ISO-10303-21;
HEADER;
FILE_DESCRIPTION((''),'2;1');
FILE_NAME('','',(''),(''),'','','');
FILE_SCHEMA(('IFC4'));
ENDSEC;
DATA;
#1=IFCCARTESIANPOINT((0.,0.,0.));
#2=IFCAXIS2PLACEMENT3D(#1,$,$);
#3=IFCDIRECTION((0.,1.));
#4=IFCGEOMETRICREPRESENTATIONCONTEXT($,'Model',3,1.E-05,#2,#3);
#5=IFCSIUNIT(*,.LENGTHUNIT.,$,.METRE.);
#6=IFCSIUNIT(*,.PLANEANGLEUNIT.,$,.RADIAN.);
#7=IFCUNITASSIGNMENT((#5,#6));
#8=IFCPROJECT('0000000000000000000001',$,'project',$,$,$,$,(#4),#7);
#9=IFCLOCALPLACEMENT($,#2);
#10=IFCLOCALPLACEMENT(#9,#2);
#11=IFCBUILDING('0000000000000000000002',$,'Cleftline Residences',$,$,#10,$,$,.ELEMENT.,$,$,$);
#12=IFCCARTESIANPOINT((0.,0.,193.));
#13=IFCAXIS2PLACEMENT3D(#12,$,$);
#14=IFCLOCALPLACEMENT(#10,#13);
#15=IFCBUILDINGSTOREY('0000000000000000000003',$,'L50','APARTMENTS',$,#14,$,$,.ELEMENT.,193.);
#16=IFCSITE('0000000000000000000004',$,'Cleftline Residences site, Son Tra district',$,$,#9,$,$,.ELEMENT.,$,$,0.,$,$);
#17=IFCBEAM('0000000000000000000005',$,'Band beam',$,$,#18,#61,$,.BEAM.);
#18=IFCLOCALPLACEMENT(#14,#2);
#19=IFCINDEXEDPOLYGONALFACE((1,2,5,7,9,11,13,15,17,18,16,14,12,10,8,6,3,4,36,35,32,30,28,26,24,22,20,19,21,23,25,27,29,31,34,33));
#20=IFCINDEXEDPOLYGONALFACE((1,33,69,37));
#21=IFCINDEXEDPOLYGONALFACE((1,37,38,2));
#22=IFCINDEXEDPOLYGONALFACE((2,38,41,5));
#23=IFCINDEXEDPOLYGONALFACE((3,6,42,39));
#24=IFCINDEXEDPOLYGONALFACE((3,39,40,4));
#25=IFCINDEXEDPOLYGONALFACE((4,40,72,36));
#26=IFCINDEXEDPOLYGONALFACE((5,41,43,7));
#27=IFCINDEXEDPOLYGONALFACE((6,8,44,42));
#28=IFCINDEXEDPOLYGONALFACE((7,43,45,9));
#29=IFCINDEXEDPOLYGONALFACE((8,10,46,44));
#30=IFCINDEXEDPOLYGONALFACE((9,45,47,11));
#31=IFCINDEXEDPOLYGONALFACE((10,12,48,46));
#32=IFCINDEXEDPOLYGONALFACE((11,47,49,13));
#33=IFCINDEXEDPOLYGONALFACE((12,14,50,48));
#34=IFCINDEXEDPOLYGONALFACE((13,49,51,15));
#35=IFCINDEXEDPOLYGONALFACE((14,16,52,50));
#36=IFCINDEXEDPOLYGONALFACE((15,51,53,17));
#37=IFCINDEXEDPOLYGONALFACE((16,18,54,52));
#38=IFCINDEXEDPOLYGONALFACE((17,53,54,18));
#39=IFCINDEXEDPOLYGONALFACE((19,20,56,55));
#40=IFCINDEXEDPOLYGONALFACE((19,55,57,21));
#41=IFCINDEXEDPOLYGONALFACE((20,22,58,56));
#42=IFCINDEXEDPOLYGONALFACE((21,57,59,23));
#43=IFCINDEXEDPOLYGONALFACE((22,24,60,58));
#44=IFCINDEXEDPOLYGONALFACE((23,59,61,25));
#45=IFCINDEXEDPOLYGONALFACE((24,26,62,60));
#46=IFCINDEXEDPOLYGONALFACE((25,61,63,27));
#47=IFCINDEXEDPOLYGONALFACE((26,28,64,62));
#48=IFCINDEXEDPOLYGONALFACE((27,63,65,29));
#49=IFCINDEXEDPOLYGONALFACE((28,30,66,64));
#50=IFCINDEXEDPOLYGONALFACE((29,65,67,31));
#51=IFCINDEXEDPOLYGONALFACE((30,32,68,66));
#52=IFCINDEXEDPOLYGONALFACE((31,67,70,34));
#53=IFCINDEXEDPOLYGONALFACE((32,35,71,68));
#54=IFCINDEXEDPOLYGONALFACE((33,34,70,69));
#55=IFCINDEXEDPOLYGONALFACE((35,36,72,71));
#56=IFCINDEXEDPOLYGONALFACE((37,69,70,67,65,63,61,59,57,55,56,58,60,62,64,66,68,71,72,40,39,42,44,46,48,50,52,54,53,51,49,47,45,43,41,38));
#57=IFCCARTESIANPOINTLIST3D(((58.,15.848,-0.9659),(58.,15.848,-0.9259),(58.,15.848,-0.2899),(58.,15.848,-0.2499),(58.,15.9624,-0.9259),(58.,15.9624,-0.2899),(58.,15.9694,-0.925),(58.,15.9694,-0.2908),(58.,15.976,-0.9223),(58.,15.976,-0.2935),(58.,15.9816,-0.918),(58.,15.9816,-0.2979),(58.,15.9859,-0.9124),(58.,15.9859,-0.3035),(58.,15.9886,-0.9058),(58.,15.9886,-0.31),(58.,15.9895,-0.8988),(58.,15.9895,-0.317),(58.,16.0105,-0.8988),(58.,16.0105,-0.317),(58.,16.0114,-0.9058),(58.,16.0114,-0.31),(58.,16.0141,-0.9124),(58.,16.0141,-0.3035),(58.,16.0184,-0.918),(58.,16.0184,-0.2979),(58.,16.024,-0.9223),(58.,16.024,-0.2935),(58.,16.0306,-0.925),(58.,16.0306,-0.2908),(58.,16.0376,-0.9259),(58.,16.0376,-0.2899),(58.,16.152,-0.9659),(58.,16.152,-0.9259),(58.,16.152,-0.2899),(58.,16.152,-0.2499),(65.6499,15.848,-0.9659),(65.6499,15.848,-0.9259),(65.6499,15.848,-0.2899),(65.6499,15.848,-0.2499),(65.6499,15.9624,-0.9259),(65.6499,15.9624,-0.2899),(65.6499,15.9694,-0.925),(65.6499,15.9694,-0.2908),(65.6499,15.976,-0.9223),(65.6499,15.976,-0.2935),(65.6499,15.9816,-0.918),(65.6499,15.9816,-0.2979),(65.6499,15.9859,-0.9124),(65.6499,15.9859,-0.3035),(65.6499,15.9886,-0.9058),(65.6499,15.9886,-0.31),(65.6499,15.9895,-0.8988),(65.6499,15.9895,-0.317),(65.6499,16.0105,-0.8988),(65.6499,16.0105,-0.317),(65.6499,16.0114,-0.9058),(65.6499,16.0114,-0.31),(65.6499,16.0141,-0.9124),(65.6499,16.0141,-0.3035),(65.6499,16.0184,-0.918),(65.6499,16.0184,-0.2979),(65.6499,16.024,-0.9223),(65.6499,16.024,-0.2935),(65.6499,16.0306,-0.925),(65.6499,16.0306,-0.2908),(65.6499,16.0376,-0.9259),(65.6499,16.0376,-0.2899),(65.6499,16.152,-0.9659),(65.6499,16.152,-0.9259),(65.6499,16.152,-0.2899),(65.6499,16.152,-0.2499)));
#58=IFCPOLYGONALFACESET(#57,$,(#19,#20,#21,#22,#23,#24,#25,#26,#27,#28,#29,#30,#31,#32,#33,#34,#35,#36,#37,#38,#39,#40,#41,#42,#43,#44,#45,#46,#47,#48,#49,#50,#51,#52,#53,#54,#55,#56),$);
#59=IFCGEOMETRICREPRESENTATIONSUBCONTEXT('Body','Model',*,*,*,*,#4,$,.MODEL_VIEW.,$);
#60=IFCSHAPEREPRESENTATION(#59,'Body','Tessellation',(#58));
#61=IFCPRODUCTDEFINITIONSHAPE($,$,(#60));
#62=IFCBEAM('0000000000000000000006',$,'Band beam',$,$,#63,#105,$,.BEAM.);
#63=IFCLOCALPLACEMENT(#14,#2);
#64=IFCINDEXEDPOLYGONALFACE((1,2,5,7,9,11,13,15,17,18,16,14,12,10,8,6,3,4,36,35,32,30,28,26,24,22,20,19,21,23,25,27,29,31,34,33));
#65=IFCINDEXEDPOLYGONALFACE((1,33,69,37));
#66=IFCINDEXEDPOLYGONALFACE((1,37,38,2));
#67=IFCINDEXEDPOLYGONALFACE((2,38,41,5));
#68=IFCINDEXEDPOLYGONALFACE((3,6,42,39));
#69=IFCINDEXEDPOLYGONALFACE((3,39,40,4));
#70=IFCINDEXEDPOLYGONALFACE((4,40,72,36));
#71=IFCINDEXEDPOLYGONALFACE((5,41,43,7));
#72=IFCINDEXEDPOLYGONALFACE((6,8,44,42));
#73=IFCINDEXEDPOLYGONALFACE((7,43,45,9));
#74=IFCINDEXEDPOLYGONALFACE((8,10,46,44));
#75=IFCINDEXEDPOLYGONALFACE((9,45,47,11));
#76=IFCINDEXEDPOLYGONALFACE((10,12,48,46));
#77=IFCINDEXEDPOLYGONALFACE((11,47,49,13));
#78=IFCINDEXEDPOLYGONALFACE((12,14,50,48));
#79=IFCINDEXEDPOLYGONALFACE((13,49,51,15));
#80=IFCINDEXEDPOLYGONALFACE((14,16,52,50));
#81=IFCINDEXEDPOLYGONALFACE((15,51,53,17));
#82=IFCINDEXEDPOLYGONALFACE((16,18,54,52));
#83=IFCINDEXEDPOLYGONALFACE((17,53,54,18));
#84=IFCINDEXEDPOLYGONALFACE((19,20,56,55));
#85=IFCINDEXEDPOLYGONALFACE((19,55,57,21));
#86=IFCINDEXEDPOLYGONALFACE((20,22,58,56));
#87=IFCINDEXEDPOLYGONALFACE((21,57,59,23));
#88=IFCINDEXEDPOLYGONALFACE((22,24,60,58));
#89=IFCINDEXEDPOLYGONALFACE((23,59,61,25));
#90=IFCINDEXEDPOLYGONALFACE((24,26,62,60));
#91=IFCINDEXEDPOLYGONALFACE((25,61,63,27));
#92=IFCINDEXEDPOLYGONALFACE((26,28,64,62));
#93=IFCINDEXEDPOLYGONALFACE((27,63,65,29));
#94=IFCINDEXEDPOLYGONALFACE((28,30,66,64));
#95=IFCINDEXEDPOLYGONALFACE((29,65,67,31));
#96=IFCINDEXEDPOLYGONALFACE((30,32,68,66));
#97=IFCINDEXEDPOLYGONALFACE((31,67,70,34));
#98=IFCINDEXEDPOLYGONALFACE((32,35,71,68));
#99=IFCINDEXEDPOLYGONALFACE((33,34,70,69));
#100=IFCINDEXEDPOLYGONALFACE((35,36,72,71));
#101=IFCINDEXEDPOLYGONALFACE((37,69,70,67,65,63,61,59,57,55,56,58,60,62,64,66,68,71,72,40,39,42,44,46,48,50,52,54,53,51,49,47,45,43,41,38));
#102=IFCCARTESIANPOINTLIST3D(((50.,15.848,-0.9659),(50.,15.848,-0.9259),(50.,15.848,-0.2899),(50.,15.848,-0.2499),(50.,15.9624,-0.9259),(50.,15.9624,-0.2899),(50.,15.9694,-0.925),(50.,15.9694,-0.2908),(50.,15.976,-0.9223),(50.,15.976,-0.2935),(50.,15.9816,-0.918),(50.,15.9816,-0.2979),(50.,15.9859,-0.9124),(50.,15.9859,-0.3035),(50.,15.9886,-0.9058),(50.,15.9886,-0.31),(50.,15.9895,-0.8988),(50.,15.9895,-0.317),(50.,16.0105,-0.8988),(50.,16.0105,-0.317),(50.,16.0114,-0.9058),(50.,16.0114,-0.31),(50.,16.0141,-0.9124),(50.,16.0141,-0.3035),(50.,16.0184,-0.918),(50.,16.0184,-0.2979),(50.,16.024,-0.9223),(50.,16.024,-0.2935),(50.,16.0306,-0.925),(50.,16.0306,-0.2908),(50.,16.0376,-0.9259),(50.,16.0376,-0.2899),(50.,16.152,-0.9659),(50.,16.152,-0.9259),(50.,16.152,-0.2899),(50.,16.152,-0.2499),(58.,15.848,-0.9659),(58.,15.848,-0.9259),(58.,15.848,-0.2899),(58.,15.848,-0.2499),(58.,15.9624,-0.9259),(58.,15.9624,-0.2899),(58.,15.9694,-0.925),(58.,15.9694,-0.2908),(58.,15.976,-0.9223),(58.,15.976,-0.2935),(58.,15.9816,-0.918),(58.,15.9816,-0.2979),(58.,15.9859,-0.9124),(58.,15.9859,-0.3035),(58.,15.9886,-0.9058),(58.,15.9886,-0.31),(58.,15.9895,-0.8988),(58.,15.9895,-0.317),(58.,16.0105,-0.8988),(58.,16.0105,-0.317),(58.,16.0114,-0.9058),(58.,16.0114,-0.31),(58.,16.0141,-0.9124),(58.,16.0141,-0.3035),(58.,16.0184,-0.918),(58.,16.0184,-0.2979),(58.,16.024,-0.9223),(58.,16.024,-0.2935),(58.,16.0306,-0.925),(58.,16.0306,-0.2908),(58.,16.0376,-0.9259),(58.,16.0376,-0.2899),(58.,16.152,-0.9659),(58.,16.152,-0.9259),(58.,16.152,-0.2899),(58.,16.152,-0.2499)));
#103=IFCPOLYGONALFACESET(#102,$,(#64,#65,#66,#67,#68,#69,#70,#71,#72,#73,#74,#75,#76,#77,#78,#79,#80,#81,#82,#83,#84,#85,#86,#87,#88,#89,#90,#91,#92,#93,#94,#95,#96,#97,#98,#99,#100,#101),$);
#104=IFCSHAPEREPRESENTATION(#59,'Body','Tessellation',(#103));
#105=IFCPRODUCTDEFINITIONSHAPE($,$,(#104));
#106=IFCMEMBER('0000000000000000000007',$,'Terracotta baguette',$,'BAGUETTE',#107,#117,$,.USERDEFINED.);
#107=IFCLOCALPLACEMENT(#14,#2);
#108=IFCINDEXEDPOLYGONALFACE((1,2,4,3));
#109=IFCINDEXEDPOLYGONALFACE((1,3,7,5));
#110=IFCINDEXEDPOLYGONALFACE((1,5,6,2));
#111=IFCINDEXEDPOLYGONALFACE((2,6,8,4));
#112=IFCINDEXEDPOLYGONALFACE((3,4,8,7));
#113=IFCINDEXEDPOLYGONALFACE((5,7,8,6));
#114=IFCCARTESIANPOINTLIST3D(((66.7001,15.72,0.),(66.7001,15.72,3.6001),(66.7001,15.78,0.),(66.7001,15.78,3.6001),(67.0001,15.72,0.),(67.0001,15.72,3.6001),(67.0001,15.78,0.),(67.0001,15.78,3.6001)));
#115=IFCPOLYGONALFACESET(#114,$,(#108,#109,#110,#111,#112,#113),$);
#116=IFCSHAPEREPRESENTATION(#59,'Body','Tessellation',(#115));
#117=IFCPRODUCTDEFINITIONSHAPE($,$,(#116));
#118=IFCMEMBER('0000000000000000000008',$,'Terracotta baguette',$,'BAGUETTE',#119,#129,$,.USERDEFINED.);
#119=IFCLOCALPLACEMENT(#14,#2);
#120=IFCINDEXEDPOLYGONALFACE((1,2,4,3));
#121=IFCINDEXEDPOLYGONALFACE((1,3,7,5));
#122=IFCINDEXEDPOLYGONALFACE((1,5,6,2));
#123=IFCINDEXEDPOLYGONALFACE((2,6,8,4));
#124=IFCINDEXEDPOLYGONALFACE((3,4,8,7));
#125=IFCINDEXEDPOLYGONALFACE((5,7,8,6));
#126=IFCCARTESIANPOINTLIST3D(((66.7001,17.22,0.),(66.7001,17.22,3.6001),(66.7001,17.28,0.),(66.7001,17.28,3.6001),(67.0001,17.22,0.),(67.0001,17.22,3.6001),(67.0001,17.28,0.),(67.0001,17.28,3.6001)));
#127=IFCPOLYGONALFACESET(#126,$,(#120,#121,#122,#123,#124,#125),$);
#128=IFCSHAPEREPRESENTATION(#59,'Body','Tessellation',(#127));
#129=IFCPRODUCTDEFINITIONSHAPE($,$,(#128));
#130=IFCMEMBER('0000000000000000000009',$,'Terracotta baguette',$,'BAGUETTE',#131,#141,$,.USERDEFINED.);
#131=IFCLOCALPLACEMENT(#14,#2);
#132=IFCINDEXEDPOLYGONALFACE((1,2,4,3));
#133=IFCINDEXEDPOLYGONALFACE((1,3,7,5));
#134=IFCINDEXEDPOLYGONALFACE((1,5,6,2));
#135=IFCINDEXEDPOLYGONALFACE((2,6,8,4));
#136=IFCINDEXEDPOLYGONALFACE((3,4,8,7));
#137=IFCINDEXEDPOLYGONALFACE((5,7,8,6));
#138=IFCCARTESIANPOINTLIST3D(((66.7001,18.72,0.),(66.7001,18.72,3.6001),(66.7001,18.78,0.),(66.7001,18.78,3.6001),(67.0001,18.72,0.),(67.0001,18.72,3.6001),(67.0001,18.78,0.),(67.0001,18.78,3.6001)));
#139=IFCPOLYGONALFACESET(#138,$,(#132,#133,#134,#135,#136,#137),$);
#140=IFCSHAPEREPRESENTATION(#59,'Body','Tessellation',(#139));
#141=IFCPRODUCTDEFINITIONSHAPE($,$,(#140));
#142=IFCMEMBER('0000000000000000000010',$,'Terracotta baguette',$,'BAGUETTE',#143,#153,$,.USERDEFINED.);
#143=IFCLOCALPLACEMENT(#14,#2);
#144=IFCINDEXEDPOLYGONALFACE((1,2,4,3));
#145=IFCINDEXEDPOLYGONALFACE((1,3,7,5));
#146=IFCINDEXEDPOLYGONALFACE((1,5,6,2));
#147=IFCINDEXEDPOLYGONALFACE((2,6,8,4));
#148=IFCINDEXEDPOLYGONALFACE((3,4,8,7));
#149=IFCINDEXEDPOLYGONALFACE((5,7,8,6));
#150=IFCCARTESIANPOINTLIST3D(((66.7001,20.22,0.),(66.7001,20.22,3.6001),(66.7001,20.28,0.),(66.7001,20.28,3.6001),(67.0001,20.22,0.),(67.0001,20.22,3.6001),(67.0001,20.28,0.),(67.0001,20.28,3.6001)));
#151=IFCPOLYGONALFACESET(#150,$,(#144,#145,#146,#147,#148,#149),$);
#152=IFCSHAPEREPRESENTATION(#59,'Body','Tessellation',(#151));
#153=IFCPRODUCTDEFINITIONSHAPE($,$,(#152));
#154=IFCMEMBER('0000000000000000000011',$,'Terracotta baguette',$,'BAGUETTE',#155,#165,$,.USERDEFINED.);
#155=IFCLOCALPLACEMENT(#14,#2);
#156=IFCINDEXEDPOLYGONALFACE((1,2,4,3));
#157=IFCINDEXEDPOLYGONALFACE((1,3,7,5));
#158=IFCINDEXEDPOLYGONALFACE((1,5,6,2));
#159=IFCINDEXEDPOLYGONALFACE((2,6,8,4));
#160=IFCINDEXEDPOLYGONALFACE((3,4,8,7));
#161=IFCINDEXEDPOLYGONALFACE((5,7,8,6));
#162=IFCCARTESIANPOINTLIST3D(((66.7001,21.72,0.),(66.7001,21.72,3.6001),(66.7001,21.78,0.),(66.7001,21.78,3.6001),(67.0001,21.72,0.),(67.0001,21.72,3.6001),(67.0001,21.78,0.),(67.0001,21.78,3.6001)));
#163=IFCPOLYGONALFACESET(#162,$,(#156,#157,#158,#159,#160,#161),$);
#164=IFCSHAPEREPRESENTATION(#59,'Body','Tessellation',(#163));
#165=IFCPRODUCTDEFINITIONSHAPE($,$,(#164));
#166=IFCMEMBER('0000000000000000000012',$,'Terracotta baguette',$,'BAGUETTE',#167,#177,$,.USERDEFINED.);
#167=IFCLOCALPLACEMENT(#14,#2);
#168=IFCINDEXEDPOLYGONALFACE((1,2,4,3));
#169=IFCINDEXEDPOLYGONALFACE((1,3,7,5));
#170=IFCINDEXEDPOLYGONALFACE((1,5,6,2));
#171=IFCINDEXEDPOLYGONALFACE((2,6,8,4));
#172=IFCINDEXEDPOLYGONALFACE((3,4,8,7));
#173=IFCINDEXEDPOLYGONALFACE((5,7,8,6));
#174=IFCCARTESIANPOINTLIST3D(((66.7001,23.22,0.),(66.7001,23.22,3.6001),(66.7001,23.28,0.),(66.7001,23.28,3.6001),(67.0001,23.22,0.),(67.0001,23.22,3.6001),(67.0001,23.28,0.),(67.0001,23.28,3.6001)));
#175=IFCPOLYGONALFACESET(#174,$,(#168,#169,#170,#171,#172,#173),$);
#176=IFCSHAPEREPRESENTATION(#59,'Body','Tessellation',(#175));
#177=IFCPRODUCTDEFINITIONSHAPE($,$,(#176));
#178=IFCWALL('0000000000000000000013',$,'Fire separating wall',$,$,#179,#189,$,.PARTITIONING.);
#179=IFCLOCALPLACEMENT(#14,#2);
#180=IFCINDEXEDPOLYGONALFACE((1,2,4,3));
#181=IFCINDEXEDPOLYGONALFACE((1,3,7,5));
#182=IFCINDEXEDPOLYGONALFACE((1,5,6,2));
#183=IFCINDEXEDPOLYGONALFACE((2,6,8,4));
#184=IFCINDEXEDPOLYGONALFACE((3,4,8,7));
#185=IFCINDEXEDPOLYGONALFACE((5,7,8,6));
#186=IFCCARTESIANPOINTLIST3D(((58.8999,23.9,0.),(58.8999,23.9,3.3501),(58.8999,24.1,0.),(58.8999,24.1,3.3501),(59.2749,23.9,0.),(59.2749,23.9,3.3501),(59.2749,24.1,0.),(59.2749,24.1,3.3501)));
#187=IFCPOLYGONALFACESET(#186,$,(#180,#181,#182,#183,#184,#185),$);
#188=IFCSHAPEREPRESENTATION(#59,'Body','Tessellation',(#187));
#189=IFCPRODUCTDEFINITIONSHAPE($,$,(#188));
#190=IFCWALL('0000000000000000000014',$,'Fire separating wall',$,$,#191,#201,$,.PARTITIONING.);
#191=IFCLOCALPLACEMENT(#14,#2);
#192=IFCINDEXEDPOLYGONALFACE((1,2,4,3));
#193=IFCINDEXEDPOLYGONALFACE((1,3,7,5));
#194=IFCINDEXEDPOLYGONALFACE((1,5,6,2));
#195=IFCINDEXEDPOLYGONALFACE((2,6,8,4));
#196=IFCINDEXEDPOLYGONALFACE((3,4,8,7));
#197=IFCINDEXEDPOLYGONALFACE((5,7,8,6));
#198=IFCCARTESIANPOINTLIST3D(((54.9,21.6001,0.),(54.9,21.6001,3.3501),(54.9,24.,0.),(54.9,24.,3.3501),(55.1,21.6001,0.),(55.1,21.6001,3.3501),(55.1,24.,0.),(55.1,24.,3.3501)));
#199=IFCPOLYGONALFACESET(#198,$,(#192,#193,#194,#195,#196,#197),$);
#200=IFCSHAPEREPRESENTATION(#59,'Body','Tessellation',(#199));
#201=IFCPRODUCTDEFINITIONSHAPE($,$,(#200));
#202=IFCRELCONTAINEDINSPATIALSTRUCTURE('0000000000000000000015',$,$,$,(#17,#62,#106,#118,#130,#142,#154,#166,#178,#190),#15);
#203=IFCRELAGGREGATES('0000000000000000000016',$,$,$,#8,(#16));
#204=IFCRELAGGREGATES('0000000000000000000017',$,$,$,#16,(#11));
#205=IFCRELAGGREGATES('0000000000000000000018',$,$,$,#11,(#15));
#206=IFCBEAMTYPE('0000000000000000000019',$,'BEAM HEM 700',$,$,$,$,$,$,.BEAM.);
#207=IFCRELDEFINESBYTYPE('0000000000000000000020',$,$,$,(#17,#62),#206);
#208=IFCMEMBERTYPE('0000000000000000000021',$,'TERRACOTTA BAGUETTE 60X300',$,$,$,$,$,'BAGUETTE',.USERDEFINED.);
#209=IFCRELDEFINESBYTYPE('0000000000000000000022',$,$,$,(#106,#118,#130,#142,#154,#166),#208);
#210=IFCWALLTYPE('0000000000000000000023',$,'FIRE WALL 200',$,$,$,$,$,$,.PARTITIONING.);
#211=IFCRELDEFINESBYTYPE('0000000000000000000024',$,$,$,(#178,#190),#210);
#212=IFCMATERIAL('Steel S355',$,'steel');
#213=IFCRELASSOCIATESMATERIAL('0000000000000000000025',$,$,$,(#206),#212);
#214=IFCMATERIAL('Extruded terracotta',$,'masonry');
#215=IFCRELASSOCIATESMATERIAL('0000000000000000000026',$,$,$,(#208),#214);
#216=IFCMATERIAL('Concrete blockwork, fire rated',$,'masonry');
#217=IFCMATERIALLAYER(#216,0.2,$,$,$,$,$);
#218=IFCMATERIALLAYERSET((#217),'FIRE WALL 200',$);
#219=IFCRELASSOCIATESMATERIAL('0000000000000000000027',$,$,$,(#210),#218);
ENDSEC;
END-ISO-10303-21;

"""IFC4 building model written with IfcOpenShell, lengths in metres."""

from ifc_helpers import new_model, si_unit, direction, frame, frame_2d, origin, origin_2d, place, context, subcontext, project, spatial, rectangle, i_section, extrude, material, layer, layer_set, material_profile, profile_set, type_object, element, save


model = new_model("IFC4")

# Units and contexts
model_context = context("Model", 3, precision=1e-05, world=origin(), true_north=direction((0.0, 1.0)))
body_context = subcontext(model_context, "Body", "Model", "MODEL_VIEW")
ifc_project = project(units=[si_unit("LENGTHUNIT", "METRE"), si_unit("PLANEANGLEUNIT", "RADIAN")], contexts=[model_context])

# Site, building, storey
site_placement = place(None, origin())
site = spatial("IfcSite", under=ifc_project, at=site_placement, Name="Cleftline Residences site, Son Tra district", CompositionType="ELEMENT", RefElevation=0.0)
building_placement = place(site_placement, origin())
building = spatial("IfcBuilding", under=site, at=building_placement, Name="Cleftline Residences", CompositionType="ELEMENT")
storey_placement = place(building_placement, frame((0.0, 0.0, 193.0)))
storey = spatial("IfcBuildingStorey", under=building, at=storey_placement, Name="L50", Description="APARTMENTS", CompositionType="ELEMENT", Elevation=193.0)

# Beams
ifc_material_1 = material(Name="Steel S355", Category="steel")
ifc_material_profile_1 = material_profile(ifc_material_1, i_section(OverallWidth=0.304, OverallDepth=0.7161, WebThickness=0.021, FlangeThickness=0.04, FilletRadius=0.0271, at=origin_2d()))
ifc_profile_set_1 = profile_set([ifc_material_profile_1], Name="Steel S355")
beam_type_1 = type_object("IfcBeamType", Name="BEAM HEM 700", PredefinedType="BEAM", material=ifc_profile_set_1)
beam_1_placement = place(storey_placement, frame((65.6499, 16.0, -0.6079), z_axis=(-1.0, 0.0, 0.0), x_axis=(0.0, -1.0, 0.0)))
element("IfcBeam", 1, at=beam_1_placement, inside=storey, type_object=beam_type_1, Name="Band beam", PredefinedType="BEAM", context=body_context, shape_type="SweptSolid", body=[
    extrude(i_section(OverallWidth=0.304, OverallDepth=0.7161, WebThickness=0.021, FlangeThickness=0.04, FilletRadius=0.0271, at=origin_2d()), origin(), (0.0, 0.0, 1.0), 7.6499),
])
beam_2_placement = place(storey_placement, frame((58.0, 16.0, -0.6079), z_axis=(-1.0, 0.0, 0.0), x_axis=(0.0, -1.0, 0.0)))
element("IfcBeam", 2, at=beam_2_placement, inside=storey, type_object=beam_type_1, Name="Band beam", PredefinedType="BEAM", context=body_context, shape_type="SweptSolid", body=[
    extrude(i_section(OverallWidth=0.304, OverallDepth=0.7161, WebThickness=0.021, FlangeThickness=0.04, FilletRadius=0.0271, at=origin_2d()), origin(), (0.0, 0.0, 1.0), 8.0),
])

# Members
ifc_material_2 = material(Name="Extruded terracotta", Category="masonry")
ifc_material_profile_2 = material_profile(ifc_material_2, rectangle(XDim=0.0601, YDim=0.3, at=origin_2d()))
ifc_profile_set_2 = profile_set([ifc_material_profile_2], Name="Extruded terracotta")
member_type_1 = type_object("IfcMemberType", Name="TERRACOTTA BAGUETTE 60X300", ElementType="BAGUETTE", PredefinedType="USERDEFINED", material=ifc_profile_set_2)
for number, where, z_axis, x_axis, name in (
    (3, (66.8501, 15.75, 0.0), (0.0, 0.0, 1.0), (0.0, 1.0, 0.0), "Terracotta baguette"),
    (4, (66.8501, 17.25, 0.0), (0.0, 0.0, 1.0), (0.0, 1.0, 0.0), "Terracotta baguette"),
    (5, (66.8501, 18.75, 0.0), (0.0, 0.0, 1.0), (0.0, 1.0, 0.0), "Terracotta baguette"),
    (6, (66.8501, 20.25, 0.0), (0.0, 0.0, 1.0), (0.0, 1.0, 0.0), "Terracotta baguette"),
    (7, (66.8501, 21.75, 0.0), (0.0, 0.0, 1.0), (0.0, 1.0, 0.0), "Terracotta baguette"),
    (8, (66.8501, 23.25, 0.0), (0.0, 0.0, 1.0), (0.0, 1.0, 0.0), "Terracotta baguette"),
):
    element("IfcMember", number, at=place(storey_placement, frame(where, z_axis=z_axis, x_axis=x_axis)), inside=storey, type_object=member_type_1, Name=name, ObjectType="BAGUETTE", PredefinedType="USERDEFINED", context=body_context, shape_type="SweptSolid", body=[
        extrude(rectangle(XDim=0.0601, YDim=0.3, at=origin_2d()), origin(), (0.0, 0.0, 1.0), 3.6001),
    ])

# Walls
ifc_material_3 = material(Name="Concrete blockwork, fire rated", Category="masonry")
ifc_layer_1 = layer(ifc_material_3, 0.2)
ifc_layer_set_1 = layer_set([ifc_layer_1], Name="FIRE WALL 200")
wall_type_1 = type_object("IfcWallType", Name="FIRE WALL 200", PredefinedType="PARTITIONING", material=ifc_layer_set_1)
wall_1_placement = place(storey_placement, frame((58.8999, 24.0, 0.0), z_axis=(0.0, 0.0, 1.0), x_axis=(1.0, 0.0, 0.0)))
element("IfcWall", 9, at=wall_1_placement, inside=storey, type_object=wall_type_1, Name="Fire separating wall", PredefinedType="PARTITIONING", context=body_context, shape_type="SweptSolid", body=[
    extrude(rectangle(XDim=0.375, YDim=0.2, at=frame_2d((0.1875, 0.0))), origin(), (0.0, 0.0, 1.0), 3.3501),
])
wall_2_placement = place(storey_placement, frame((55.0, 21.6001, 0.0), z_axis=(0.0, 0.0, 1.0), x_axis=(0.0, 1.0, 0.0)))
element("IfcWall", 10, at=wall_2_placement, inside=storey, type_object=wall_type_1, Name="Fire separating wall", PredefinedType="PARTITIONING", context=body_context, shape_type="SweptSolid", body=[
    extrude(rectangle(XDim=2.3999, YDim=0.2, at=frame_2d((1.2, 0.0))), origin(), (0.0, 0.0, 1.0), 3.3501),
])

save(model, "model.ifc")
